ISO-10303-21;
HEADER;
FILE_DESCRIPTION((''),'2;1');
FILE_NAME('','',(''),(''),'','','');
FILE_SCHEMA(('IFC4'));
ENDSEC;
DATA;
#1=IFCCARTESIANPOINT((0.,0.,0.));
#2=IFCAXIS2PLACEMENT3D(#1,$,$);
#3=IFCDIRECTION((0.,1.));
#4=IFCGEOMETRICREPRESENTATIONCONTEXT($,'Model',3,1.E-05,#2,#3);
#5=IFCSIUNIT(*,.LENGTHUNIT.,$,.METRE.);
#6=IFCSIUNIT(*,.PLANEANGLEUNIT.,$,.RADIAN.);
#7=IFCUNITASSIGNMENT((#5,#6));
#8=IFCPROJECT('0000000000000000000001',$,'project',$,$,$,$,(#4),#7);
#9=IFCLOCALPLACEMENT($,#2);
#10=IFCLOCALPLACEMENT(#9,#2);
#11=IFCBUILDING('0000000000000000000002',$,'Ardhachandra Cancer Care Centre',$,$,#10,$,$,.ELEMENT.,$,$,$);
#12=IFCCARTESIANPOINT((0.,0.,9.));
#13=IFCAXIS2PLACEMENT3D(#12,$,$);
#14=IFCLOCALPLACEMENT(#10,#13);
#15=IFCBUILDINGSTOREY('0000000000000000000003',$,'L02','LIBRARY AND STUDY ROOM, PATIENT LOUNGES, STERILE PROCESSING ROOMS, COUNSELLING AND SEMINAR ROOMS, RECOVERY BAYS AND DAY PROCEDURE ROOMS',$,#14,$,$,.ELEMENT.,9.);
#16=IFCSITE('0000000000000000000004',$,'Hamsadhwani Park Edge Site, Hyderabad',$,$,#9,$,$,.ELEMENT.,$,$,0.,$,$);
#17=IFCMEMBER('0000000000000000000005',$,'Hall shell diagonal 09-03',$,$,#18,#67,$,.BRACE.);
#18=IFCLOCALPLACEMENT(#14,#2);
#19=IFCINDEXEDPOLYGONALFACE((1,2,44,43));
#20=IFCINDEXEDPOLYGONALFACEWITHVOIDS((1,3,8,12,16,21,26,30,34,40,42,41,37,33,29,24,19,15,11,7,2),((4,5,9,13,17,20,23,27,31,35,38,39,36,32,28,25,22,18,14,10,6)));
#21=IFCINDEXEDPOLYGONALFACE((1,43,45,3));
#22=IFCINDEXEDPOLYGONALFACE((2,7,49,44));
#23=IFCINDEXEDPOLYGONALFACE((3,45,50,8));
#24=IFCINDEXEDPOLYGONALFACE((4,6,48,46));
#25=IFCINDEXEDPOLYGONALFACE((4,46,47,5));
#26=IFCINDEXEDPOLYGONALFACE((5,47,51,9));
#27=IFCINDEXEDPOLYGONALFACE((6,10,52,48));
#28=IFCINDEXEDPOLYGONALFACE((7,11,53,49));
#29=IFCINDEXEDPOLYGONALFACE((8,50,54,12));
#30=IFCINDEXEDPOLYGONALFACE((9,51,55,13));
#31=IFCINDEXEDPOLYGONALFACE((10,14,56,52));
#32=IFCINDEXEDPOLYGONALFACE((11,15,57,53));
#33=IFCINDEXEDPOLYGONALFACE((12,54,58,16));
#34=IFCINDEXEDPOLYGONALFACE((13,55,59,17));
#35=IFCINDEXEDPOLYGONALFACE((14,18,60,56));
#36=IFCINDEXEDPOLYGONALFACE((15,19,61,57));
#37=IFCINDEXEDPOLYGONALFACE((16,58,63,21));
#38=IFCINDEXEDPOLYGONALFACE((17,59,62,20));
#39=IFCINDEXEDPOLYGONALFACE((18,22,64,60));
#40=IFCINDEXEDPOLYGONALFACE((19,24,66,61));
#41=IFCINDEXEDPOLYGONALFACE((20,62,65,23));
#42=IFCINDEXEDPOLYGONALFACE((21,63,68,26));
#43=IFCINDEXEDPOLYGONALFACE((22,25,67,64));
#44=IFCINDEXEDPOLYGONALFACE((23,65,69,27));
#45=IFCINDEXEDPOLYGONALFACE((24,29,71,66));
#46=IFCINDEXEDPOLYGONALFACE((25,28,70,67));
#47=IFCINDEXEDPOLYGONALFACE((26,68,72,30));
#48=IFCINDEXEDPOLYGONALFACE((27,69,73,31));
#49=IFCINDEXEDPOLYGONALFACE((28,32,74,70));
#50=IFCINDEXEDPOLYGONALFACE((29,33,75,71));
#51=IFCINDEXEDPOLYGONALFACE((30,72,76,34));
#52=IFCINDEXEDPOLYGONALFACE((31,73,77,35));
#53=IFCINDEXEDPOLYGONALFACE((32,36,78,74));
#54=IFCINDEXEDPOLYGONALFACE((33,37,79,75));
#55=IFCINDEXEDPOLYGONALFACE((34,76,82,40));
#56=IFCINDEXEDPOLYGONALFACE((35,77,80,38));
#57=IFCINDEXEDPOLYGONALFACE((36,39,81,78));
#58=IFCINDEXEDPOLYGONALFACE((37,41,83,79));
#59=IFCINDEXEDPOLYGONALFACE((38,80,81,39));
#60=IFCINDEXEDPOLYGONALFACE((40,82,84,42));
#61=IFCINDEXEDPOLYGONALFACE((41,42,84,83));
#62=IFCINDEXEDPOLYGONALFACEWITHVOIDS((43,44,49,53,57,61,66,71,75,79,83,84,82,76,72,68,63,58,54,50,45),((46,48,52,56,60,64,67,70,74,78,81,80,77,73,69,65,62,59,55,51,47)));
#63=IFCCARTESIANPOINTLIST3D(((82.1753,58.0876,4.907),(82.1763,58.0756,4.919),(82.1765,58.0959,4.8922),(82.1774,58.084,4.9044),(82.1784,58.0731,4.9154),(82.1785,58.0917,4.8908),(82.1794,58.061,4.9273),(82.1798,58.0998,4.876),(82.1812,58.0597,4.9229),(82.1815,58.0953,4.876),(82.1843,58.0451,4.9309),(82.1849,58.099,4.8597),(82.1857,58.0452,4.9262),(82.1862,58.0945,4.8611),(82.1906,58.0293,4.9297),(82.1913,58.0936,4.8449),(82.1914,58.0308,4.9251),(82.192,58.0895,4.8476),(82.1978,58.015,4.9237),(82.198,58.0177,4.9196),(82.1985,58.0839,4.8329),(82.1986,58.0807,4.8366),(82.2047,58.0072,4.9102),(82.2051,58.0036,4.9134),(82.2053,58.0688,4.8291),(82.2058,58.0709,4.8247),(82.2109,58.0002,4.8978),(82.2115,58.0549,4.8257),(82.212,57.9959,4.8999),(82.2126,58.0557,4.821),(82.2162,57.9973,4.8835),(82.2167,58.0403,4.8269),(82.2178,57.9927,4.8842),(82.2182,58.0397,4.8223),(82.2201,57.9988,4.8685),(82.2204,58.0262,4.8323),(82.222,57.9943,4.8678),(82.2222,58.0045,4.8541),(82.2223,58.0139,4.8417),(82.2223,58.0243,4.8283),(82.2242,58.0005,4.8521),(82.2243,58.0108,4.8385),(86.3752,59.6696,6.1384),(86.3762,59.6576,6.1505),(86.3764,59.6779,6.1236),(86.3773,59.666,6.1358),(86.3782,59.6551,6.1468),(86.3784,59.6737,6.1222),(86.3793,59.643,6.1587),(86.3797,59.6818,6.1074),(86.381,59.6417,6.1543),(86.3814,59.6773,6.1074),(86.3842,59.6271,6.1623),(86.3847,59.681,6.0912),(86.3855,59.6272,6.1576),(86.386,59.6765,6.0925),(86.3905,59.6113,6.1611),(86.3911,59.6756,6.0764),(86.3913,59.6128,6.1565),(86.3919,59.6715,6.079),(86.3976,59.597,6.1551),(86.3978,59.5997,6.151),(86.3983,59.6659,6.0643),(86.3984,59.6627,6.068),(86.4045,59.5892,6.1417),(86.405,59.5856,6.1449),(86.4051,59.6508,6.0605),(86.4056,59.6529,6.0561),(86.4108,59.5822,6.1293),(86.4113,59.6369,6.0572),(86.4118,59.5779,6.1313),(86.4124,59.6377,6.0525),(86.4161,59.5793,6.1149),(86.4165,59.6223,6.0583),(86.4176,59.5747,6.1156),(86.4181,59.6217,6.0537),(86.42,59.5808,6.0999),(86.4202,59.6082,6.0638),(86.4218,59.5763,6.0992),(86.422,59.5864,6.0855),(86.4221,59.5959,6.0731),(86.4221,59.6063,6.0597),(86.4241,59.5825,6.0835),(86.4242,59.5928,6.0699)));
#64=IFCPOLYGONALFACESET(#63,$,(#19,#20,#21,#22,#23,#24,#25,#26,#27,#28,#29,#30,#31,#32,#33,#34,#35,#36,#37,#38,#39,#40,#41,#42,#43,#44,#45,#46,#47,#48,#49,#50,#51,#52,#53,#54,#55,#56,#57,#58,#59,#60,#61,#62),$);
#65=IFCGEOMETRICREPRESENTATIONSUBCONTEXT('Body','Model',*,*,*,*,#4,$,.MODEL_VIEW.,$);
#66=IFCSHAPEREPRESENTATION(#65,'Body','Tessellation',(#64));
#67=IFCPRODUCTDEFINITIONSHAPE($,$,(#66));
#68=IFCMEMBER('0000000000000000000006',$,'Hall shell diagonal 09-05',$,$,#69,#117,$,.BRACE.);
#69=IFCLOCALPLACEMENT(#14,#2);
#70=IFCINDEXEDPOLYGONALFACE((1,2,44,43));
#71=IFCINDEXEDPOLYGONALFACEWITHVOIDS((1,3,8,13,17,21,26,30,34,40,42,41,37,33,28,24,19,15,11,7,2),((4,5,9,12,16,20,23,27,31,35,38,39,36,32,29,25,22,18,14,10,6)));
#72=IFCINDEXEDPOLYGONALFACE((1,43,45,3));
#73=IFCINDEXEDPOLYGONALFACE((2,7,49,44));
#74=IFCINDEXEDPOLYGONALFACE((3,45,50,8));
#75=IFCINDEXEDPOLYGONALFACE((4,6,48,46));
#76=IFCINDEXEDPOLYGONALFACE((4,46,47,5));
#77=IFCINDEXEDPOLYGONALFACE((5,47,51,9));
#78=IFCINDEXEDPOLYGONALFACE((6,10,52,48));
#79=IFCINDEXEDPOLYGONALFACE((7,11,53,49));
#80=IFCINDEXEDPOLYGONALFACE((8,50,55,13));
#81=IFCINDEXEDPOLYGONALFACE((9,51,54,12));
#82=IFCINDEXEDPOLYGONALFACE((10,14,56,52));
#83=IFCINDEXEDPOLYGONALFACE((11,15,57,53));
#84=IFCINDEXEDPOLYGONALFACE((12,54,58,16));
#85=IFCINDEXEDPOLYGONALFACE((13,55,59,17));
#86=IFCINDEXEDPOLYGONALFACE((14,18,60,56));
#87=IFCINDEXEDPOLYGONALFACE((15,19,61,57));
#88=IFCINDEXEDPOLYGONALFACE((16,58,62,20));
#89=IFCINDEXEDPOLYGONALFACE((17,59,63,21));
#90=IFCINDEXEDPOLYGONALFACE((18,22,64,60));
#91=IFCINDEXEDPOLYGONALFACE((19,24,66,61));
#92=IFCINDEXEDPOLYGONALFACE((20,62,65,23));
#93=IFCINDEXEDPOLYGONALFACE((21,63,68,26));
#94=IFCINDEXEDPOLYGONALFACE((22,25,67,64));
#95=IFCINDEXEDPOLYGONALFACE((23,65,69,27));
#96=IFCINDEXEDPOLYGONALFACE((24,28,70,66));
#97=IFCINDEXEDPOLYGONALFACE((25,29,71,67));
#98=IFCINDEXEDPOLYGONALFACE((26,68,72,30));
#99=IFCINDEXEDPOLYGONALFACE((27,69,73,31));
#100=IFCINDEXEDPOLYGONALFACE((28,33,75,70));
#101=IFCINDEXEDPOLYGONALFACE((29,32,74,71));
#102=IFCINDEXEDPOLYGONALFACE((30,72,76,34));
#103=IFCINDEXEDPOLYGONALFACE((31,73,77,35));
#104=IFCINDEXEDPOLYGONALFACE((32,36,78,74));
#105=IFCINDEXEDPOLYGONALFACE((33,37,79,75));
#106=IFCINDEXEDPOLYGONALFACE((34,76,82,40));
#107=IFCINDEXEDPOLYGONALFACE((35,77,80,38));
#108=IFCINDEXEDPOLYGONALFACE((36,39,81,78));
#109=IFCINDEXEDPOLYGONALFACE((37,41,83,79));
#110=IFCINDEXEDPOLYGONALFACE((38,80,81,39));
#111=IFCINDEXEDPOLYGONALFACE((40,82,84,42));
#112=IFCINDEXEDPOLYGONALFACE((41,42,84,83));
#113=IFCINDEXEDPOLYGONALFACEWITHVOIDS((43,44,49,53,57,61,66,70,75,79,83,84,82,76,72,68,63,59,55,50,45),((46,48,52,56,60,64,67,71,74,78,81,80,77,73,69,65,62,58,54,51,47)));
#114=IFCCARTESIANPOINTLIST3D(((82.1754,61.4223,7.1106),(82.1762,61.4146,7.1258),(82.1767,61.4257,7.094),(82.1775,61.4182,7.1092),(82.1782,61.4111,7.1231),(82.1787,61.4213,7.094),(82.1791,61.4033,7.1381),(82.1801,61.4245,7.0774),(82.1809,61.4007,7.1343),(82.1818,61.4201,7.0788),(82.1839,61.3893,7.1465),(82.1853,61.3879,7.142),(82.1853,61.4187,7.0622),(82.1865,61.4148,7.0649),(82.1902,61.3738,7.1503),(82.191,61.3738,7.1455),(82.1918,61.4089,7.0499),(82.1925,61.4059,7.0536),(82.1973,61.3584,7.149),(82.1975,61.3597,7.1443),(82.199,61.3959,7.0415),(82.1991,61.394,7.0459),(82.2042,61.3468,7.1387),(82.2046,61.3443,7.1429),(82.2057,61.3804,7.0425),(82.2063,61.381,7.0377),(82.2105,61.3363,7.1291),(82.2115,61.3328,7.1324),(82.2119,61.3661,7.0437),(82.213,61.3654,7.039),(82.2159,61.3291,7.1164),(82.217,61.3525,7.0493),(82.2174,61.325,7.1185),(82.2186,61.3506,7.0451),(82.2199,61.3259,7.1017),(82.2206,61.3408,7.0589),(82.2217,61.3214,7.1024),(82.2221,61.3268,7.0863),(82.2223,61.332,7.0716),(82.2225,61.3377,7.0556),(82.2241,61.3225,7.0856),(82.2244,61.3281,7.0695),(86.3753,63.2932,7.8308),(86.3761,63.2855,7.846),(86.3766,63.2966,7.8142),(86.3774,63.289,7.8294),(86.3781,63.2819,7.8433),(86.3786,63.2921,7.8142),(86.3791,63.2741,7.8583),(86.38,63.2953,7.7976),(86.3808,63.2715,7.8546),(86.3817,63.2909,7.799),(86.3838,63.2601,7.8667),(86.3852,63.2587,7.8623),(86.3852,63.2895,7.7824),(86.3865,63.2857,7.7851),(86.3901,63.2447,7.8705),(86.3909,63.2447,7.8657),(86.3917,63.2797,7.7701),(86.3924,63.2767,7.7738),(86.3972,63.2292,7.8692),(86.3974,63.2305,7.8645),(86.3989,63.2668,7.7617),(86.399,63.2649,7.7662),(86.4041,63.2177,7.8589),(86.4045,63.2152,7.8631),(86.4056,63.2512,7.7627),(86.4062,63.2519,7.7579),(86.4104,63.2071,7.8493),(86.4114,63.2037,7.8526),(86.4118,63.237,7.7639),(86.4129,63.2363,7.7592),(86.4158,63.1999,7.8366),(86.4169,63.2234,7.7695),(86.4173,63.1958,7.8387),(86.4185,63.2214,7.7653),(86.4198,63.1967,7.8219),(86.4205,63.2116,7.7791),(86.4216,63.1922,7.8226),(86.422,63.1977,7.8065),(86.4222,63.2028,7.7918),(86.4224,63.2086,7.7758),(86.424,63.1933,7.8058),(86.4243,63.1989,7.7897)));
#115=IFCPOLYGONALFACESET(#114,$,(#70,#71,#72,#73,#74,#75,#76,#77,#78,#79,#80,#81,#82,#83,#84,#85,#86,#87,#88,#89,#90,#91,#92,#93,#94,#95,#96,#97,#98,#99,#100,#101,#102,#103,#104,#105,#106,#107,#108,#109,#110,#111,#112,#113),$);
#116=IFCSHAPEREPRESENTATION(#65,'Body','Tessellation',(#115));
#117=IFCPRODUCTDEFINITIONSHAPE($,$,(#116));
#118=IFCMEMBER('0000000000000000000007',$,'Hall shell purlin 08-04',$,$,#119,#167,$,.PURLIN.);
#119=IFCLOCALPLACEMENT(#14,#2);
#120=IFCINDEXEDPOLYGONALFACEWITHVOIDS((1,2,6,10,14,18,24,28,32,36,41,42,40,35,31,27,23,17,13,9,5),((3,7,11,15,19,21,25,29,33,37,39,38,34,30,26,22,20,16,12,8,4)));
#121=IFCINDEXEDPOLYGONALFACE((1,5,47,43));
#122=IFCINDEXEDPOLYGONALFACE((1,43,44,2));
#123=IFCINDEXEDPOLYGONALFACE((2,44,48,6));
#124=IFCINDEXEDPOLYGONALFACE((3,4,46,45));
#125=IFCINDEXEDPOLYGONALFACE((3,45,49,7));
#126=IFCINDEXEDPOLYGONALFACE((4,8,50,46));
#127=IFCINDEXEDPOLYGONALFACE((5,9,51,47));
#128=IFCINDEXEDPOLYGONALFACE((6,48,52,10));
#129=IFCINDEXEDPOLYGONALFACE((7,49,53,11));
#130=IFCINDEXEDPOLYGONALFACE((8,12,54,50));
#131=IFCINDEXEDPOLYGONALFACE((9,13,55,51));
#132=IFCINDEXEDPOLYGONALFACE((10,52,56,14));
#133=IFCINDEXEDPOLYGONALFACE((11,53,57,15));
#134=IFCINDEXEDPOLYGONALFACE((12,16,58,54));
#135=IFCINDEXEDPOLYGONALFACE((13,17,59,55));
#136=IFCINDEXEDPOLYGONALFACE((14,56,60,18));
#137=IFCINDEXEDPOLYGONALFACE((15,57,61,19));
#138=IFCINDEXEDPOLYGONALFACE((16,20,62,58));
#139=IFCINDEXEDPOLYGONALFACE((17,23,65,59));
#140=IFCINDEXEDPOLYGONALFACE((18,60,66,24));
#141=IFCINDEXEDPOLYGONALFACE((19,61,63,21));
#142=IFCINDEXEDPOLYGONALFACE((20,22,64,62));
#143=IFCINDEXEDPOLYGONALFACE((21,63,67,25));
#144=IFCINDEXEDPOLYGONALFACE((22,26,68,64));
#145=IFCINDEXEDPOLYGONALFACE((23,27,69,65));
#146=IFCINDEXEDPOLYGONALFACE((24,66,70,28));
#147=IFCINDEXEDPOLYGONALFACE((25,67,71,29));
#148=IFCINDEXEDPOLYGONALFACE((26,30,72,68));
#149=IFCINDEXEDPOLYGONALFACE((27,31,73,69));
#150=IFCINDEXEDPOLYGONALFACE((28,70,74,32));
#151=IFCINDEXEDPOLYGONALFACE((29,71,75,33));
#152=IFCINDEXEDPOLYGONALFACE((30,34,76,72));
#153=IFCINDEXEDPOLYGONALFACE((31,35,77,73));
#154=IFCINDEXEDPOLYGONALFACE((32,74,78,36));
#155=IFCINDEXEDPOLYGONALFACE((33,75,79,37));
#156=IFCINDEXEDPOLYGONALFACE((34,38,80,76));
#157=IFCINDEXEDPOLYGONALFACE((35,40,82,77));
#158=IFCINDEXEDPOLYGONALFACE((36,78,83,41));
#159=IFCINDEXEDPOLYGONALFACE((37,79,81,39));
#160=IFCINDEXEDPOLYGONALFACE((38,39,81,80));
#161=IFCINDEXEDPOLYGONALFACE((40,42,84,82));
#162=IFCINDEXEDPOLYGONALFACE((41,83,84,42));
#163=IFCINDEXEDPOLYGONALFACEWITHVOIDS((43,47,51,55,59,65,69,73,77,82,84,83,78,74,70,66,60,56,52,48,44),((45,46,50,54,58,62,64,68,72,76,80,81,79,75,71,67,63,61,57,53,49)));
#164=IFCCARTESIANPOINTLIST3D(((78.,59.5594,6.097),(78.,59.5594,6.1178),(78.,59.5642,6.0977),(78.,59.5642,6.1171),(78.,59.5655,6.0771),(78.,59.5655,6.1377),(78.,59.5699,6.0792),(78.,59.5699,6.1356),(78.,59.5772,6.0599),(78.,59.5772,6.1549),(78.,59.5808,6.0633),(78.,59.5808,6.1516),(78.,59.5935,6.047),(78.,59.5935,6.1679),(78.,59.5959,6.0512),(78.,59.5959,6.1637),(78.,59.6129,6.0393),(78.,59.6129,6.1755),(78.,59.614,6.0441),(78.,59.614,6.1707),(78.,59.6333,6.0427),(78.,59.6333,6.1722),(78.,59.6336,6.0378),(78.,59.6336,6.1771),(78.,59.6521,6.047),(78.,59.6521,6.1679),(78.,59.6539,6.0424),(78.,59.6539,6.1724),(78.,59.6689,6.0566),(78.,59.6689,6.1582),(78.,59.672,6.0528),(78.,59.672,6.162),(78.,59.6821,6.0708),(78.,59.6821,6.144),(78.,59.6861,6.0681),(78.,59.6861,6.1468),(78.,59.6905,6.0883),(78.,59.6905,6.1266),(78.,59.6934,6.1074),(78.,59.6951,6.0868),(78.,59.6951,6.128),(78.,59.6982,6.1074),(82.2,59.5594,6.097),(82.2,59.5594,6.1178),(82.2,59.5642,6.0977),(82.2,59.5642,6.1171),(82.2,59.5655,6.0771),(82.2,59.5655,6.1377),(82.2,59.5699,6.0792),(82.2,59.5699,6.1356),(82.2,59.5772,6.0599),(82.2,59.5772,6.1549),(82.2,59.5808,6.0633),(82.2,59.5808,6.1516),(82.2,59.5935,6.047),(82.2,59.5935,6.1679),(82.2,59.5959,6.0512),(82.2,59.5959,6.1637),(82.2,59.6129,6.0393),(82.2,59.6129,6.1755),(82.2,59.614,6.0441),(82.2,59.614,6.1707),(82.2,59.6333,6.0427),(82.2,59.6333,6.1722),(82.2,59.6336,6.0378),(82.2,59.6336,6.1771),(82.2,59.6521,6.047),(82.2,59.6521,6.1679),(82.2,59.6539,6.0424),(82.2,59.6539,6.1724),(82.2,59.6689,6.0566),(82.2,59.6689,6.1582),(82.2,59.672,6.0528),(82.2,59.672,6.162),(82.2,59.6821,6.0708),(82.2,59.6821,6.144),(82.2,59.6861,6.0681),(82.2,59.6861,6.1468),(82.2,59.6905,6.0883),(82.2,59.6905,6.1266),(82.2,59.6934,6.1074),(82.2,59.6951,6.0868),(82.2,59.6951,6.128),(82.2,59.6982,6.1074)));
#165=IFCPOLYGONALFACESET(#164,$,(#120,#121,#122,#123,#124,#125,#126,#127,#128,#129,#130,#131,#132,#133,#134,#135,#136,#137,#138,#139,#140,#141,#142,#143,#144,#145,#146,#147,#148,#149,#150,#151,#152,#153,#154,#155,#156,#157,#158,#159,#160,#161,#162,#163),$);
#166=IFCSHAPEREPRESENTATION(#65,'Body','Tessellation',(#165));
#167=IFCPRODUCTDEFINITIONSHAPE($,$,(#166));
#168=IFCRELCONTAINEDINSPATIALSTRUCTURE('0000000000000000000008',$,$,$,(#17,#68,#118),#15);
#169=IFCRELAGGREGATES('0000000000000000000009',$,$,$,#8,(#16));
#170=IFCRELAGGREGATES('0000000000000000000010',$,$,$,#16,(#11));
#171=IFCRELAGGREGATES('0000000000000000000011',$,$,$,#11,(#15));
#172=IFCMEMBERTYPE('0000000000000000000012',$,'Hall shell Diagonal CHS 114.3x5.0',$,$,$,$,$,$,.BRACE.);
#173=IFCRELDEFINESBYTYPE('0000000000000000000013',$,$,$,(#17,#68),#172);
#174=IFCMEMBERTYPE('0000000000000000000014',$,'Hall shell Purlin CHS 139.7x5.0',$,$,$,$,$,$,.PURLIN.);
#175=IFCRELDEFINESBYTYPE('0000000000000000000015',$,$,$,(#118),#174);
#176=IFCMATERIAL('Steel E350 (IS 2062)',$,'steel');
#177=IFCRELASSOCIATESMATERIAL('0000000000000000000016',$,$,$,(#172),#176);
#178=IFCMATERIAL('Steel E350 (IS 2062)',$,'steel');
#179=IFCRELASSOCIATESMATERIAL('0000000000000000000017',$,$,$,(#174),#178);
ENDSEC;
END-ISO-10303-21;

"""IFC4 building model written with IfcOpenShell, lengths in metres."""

from ifc_helpers import new_model, si_unit, direction, frame, origin, origin_2d, place, context, subcontext, project, spatial, hollow_circle, extrude, material, material_profile, profile_set, type_object, element, save


model = new_model("IFC4")

# Units and contexts
model_context = context("Model", 3, precision=1e-05, world=origin(), true_north=direction((0.0, 1.0)))
body_context = subcontext(model_context, "Body", "Model", "MODEL_VIEW")
ifc_project = project(units=[si_unit("LENGTHUNIT", "METRE"), si_unit("PLANEANGLEUNIT", "RADIAN")], contexts=[model_context])

# Site, building, storey
site_placement = place(None, origin())
site = spatial("IfcSite", under=ifc_project, at=site_placement, Name="Hamsadhwani Park Edge Site, Hyderabad", CompositionType="ELEMENT", RefElevation=0.0)
building_placement = place(site_placement, origin())
building = spatial("IfcBuilding", under=site, at=building_placement, Name="Ardhachandra Cancer Care Centre", CompositionType="ELEMENT")
storey_placement = place(building_placement, frame((0.0, 0.0, 9.0)))
storey = spatial("IfcBuildingStorey", under=building, at=storey_placement, Name="L02", Description="LIBRARY AND STUDY ROOM, PATIENT LOUNGES, STERILE PROCESSING ROOMS, COUNSELLING AND SEMINAR ROOMS, RECOVERY BAYS AND DAY PROCEDURE ROOMS", CompositionType="ELEMENT", Elevation=9.0)

# Members
ifc_material_1 = material(Name="Steel E350 (IS 2062)", Category="steel")
ifc_material_profile_1 = material_profile(ifc_material_1, hollow_circle(Radius=0.0571, WallThickness=0.0049, at=origin_2d()), Name="CHS 114.3x5.0")
ifc_profile_set_1 = profile_set([ifc_material_profile_1], Name="Steel E350 (IS 2062)")
member_type_1 = type_object("IfcMemberType", Name="Hall shell Diagonal CHS 114.3x5.0", PredefinedType="BRACE", material=ifc_profile_set_1)
for number, where, z_axis, x_axis, name in (
    (1, (82.2, 58.0464, 4.876), (0.902457, 0.339936, 0.264605), (-0.3525, 0.935812, 0.0), "Hall shell diagonal 09-03"),
    (2, (82.2, 61.3735, 7.094), (0.902467, 0.402, 0.154757), (-0.406902, 0.913472, 0.0), "Hall shell diagonal 09-05"),
):
    element("IfcMember", number, at=place(storey_placement, frame(where, z_axis=z_axis, x_axis=x_axis)), inside=storey, type_object=member_type_1, Name=name, PredefinedType="BRACE", context=body_context, shape_type="SweptSolid", body=[
        extrude(hollow_circle(Radius=0.0571, WallThickness=0.0049, at=origin_2d()), origin(), (0.0, 0.0, 1.0), 4.6538),
    ])
ifc_material_2 = material(Name="Steel E350 (IS 2062)", Category="steel")
ifc_material_profile_2 = material_profile(ifc_material_2, hollow_circle(Radius=0.0698, WallThickness=0.0049, at=origin_2d()), Name="CHS 139.7x5.0")
ifc_profile_set_2 = profile_set([ifc_material_profile_2], Name="Steel E350 (IS 2062)")
member_type_2 = type_object("IfcMemberType", Name="Hall shell Purlin CHS 139.7x5.0", PredefinedType="PURLIN", material=ifc_profile_set_2)
for number, where, z_axis, x_axis, name in (
    (3, (78.0, 59.6284, 6.1074), (1.0, 0.0, 0.0), (0.0, 1.0, 0.0), "Hall shell purlin 08-04"),
):
    element("IfcMember", number, at=place(storey_placement, frame(where, z_axis=z_axis, x_axis=x_axis)), inside=storey, type_object=member_type_2, Name=name, PredefinedType="PURLIN", context=body_context, shape_type="SweptSolid", body=[
        extrude(hollow_circle(Radius=0.0698, WallThickness=0.0049, at=origin_2d()), origin(), (0.0, 0.0, 1.0), 4.2),
    ])

save(model, "model.ifc")
